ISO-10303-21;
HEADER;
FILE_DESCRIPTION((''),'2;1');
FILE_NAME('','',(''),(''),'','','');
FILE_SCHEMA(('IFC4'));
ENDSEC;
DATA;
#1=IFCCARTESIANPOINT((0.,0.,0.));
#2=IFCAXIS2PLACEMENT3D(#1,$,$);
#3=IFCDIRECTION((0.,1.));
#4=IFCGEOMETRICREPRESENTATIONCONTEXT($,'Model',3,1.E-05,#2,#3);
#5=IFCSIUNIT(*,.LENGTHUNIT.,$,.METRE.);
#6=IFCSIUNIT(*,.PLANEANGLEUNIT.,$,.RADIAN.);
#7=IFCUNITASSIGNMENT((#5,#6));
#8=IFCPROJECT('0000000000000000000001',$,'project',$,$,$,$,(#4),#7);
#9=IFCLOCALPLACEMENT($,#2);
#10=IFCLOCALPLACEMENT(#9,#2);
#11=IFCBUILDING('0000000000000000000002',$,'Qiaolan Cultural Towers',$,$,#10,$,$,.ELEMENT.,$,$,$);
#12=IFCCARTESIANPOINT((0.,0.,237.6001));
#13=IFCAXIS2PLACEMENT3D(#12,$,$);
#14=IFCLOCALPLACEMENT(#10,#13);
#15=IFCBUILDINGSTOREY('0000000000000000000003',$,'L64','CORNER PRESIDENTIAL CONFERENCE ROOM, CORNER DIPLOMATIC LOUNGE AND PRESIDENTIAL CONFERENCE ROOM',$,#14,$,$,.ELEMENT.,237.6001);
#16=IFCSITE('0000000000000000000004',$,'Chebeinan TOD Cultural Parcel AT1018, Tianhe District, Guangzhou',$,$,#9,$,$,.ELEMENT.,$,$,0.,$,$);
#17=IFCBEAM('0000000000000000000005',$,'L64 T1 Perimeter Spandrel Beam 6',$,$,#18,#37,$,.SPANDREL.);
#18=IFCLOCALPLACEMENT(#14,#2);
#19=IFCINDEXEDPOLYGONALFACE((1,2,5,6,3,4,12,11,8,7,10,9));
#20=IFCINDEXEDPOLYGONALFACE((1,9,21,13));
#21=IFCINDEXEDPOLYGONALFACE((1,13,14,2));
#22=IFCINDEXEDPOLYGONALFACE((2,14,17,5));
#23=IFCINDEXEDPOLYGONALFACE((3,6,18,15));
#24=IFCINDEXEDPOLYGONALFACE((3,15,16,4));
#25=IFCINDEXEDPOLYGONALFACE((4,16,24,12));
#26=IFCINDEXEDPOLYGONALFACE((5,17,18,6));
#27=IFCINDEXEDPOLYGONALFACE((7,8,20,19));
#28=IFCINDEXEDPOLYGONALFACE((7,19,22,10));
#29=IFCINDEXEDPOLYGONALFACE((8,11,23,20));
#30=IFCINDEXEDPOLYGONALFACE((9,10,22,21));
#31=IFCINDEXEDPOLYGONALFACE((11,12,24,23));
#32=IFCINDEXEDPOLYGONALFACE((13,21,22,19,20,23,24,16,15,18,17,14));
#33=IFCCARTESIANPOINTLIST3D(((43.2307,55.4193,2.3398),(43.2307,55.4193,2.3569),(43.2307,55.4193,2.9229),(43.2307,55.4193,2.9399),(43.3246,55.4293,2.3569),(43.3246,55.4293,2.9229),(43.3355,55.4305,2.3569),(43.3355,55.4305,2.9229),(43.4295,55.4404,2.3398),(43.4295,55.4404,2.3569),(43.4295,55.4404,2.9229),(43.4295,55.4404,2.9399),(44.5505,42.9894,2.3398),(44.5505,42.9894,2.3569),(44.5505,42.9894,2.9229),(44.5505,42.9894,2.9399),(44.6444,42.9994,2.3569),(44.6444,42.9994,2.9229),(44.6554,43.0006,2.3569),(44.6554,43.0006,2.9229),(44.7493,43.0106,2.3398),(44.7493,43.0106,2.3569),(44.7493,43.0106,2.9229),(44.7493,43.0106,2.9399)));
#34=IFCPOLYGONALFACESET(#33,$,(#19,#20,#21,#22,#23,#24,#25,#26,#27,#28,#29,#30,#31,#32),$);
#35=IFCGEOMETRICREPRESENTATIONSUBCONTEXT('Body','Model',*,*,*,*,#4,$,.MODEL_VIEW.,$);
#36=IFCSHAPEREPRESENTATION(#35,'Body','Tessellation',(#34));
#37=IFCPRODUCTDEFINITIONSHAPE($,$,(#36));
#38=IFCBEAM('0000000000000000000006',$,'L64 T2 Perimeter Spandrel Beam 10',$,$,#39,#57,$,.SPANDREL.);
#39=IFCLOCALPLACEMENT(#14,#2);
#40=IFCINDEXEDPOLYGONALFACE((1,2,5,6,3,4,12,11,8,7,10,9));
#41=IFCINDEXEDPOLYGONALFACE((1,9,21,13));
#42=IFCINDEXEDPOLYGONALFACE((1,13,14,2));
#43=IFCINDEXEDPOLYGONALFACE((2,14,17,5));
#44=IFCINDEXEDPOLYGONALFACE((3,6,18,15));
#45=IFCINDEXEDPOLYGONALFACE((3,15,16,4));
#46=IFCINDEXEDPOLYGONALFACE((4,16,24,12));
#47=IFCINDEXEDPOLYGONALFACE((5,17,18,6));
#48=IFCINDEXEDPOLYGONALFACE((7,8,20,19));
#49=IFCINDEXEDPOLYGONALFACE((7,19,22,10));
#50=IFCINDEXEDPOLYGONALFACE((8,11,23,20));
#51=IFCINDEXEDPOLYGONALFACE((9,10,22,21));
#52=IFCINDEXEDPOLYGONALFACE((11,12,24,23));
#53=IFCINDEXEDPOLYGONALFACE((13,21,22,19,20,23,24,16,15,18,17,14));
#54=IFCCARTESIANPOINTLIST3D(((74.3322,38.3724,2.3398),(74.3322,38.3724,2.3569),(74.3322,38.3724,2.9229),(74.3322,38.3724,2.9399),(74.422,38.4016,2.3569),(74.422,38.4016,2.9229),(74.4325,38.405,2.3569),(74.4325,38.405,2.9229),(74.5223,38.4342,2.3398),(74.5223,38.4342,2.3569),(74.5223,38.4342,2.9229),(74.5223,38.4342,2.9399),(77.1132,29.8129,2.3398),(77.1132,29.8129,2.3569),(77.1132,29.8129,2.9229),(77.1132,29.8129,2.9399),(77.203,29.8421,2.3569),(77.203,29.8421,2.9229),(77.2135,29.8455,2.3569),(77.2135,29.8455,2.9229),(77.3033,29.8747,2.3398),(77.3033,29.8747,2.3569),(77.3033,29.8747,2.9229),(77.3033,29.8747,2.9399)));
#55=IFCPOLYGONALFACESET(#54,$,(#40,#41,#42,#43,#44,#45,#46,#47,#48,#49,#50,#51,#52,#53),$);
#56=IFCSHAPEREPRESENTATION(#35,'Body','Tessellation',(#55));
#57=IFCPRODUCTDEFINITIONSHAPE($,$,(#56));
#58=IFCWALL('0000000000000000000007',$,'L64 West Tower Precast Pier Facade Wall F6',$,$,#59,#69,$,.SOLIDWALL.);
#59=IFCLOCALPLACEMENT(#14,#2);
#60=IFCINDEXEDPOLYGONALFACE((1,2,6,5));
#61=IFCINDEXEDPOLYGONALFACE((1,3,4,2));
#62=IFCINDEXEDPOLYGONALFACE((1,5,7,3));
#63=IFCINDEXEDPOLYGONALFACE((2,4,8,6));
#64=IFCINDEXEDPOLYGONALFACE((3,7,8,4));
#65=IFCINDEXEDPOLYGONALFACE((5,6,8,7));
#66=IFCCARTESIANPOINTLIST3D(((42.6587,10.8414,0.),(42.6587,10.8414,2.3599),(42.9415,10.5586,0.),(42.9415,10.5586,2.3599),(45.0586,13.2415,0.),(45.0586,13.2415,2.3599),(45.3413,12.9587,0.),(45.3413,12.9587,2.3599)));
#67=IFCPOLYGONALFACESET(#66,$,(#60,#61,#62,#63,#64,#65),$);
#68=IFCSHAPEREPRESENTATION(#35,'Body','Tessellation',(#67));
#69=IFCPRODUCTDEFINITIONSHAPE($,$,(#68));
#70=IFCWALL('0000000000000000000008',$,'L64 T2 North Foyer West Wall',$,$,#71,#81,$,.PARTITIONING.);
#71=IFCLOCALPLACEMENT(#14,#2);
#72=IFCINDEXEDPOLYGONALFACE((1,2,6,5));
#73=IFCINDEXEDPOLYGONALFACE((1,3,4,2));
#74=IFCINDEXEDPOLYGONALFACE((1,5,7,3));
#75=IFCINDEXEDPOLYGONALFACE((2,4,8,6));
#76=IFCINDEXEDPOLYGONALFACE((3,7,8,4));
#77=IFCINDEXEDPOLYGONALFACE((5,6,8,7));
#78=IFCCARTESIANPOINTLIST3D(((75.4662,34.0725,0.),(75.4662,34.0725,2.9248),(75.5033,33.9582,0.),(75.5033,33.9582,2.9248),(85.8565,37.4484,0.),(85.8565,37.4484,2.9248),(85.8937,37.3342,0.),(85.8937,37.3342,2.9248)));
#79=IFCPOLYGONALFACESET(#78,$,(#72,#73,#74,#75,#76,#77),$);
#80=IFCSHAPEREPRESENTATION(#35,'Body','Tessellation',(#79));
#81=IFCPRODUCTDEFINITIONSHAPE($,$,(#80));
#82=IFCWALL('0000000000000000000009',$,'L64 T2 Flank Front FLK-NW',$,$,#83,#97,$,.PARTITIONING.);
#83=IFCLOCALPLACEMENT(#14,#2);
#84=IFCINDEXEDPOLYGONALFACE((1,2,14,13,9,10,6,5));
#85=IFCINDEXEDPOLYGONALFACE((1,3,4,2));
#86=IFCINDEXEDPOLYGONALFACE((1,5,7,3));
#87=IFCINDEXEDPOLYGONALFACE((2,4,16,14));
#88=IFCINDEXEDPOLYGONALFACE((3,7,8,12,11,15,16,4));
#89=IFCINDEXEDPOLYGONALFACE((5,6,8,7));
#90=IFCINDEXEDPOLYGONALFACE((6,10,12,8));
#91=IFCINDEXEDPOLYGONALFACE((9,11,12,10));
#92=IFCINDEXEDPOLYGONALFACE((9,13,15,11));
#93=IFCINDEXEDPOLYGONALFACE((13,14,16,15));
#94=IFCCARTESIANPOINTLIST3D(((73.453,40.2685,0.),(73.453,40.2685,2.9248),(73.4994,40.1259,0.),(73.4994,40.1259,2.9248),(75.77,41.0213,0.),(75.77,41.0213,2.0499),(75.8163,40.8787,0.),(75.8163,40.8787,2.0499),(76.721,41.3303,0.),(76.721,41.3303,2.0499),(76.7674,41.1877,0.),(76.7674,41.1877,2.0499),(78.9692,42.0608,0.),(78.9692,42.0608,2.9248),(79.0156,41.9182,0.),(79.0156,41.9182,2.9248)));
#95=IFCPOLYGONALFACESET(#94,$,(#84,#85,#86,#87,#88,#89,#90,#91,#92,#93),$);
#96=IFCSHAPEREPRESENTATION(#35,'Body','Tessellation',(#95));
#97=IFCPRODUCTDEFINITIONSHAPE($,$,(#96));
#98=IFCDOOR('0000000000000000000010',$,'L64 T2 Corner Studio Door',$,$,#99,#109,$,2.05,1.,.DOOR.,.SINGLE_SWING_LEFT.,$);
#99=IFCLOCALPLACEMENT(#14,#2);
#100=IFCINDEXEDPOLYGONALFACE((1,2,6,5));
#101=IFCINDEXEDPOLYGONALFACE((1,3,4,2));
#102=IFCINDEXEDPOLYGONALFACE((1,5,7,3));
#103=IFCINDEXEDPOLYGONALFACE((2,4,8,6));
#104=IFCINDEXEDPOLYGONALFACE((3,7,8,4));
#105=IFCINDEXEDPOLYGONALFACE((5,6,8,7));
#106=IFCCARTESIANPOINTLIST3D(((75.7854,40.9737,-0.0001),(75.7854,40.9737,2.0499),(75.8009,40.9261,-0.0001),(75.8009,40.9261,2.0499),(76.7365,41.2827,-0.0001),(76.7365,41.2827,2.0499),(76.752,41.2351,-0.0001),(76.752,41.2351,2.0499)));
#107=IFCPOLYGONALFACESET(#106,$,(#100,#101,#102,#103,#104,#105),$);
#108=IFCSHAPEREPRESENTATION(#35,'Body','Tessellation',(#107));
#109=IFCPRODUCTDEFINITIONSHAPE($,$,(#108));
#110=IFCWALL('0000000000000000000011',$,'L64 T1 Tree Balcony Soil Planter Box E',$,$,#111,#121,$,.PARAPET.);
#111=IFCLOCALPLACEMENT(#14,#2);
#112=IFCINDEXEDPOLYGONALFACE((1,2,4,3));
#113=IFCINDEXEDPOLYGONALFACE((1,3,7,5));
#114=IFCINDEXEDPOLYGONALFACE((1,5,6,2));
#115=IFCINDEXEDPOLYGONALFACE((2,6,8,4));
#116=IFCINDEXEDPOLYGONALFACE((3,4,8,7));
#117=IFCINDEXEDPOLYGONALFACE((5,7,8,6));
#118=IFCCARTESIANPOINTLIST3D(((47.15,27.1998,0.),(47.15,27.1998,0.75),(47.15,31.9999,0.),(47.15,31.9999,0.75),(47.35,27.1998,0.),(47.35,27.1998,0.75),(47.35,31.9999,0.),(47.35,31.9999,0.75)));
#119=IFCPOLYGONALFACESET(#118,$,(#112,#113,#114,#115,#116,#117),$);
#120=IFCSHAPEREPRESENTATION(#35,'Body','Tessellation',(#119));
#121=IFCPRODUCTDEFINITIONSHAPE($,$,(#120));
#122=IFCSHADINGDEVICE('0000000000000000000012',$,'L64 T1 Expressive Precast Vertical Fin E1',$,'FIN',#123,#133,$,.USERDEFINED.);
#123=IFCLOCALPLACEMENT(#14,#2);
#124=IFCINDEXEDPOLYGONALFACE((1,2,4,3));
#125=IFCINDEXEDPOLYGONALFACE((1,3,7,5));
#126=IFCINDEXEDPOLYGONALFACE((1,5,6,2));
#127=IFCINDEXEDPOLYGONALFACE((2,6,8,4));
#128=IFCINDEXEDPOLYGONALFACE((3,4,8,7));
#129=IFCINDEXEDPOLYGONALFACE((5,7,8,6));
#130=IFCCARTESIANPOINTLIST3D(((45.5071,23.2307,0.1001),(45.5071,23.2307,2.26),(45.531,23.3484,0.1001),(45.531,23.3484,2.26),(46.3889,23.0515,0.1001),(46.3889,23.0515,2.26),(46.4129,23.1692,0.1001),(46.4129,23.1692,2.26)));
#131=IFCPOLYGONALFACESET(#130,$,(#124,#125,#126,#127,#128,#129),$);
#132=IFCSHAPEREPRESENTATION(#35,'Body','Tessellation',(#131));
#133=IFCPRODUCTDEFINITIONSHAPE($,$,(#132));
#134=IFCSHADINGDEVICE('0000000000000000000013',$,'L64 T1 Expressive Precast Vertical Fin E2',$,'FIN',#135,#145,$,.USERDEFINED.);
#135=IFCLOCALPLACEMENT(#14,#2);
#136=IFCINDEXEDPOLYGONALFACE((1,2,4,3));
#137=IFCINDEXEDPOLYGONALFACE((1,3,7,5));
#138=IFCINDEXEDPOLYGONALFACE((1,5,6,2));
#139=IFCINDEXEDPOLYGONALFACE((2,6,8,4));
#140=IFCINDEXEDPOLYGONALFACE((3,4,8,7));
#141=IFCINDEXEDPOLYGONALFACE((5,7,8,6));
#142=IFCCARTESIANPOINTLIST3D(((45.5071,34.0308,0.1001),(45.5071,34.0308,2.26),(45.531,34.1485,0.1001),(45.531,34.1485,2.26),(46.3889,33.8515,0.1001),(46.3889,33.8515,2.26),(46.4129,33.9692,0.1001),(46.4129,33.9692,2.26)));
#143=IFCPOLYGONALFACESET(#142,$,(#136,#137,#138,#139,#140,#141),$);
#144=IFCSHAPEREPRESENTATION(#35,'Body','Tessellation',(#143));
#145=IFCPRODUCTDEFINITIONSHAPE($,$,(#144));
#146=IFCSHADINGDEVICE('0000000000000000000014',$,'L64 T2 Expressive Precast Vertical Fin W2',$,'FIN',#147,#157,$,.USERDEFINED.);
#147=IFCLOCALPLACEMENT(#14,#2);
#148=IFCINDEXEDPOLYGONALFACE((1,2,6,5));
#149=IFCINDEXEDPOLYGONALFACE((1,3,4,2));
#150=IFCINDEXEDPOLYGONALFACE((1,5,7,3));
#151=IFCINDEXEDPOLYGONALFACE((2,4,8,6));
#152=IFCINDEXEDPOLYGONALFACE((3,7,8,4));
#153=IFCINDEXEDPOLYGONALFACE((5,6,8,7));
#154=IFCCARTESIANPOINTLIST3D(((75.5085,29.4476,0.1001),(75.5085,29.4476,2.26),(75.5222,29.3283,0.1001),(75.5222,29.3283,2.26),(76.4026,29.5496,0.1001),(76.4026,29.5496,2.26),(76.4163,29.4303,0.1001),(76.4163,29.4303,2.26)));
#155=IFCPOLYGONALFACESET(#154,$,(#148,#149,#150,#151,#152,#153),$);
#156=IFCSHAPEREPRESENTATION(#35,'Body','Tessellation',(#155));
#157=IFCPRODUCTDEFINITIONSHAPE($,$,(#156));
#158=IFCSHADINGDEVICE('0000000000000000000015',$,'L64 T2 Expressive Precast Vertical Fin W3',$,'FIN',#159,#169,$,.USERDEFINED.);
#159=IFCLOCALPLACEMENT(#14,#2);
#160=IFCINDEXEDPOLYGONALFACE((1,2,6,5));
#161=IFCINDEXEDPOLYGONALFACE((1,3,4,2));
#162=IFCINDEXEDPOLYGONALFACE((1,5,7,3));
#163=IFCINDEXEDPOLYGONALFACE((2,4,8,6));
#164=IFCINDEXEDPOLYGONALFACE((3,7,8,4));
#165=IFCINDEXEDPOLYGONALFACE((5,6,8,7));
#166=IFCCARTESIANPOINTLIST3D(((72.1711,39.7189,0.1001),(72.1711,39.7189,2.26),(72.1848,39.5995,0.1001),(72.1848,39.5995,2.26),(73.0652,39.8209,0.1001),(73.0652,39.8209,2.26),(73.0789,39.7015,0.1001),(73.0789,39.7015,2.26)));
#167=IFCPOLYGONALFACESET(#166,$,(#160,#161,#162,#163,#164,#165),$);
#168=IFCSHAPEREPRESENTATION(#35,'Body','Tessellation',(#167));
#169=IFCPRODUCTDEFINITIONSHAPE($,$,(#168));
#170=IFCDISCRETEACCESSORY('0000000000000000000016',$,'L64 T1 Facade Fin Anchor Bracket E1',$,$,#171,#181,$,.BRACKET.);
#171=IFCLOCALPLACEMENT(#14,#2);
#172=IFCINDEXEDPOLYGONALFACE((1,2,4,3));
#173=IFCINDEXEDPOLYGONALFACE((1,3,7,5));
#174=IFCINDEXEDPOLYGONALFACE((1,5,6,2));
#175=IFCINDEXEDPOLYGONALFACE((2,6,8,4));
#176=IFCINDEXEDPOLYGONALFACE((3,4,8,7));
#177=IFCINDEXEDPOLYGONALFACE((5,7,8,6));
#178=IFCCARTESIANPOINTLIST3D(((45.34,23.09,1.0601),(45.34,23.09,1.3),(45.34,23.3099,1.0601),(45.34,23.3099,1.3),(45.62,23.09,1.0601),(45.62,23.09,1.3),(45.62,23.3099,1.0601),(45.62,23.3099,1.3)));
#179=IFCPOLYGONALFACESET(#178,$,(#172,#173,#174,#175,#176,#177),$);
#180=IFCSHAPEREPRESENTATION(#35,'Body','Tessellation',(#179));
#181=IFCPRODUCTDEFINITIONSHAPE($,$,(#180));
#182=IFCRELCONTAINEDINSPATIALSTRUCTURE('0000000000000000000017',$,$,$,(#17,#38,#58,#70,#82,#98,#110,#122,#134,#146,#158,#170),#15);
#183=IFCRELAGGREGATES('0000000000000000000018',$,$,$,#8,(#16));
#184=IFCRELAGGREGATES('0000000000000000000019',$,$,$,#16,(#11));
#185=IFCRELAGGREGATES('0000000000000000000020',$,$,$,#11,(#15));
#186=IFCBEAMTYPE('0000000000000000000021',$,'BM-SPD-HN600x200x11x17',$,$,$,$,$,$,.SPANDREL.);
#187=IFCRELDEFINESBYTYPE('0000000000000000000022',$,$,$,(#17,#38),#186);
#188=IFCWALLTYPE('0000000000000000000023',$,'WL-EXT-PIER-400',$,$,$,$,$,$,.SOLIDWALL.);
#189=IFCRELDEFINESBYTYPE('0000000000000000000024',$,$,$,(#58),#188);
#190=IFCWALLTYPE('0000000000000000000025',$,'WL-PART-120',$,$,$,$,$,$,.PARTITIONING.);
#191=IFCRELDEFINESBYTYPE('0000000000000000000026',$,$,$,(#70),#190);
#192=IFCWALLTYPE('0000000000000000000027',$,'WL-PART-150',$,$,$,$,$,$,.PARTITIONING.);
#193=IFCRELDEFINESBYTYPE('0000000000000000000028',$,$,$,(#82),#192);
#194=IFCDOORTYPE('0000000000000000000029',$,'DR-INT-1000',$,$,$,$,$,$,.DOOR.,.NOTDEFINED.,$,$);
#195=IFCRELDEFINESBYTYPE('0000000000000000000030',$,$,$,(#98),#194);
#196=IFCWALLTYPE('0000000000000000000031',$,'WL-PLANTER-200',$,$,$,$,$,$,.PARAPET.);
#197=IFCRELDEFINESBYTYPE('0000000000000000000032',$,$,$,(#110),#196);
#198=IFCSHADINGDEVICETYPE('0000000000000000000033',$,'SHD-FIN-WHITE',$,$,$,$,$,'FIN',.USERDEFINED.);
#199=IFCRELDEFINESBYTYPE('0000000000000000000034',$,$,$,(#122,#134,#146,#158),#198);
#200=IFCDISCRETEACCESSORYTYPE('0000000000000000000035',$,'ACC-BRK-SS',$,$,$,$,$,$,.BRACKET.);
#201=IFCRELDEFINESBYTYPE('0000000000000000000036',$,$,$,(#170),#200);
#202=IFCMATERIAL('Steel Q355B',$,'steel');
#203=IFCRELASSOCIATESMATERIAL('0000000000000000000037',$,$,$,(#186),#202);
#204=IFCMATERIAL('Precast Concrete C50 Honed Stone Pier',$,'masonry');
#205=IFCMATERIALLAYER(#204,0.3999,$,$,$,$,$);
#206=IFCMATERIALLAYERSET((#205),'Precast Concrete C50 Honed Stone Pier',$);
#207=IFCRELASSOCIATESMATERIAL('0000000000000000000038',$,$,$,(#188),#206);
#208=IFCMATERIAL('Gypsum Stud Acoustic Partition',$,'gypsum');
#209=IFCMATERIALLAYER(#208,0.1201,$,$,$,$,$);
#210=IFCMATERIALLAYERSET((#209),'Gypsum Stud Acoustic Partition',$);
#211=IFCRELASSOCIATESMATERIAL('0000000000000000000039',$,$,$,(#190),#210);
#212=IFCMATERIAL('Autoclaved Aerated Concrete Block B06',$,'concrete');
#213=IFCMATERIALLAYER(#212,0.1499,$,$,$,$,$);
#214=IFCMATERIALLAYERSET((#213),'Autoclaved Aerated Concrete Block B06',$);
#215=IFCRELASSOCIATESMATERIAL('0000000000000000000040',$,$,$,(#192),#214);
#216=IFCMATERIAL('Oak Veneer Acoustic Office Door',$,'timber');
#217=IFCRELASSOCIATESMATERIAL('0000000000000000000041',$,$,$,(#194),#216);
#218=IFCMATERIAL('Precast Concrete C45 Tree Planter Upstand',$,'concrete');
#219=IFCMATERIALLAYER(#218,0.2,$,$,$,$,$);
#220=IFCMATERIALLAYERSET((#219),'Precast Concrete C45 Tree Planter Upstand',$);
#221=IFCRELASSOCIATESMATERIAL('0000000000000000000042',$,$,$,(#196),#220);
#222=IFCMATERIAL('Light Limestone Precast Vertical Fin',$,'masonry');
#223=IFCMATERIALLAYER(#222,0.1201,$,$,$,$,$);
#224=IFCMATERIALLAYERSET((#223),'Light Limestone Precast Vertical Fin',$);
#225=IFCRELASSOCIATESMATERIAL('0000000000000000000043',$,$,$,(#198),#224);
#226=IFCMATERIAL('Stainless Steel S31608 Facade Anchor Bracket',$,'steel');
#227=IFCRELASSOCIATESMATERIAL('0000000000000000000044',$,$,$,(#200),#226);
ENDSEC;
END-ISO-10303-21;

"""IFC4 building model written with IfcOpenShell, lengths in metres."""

from ifc_helpers import new_model, si_unit, direction, frame, frame_2d, origin, origin_2d, place, context, subcontext, project, spatial, rectangle, i_section, extrude, material, layer, layer_set, material_profile, profile_set, type_object, element, fill, save


model = new_model("IFC4")

# Units and contexts
model_context = context("Model", 3, precision=1e-05, world=origin(), true_north=direction((0.0, 1.0)))
body_context = subcontext(model_context, "Body", "Model", "MODEL_VIEW")
ifc_project = project(units=[si_unit("LENGTHUNIT", "METRE"), si_unit("PLANEANGLEUNIT", "RADIAN")], contexts=[model_context])

# Site, building, storey
site_placement = place(None, origin())
site = spatial("IfcSite", under=ifc_project, at=site_placement, Name="Chebeinan TOD Cultural Parcel AT1018, Tianhe District, Guangzhou", CompositionType="ELEMENT", RefElevation=0.0)
building_placement = place(site_placement, origin())
building = spatial("IfcBuilding", under=site, at=building_placement, Name="Qiaolan Cultural Towers", CompositionType="ELEMENT")
storey_placement = place(building_placement, frame((0.0, 0.0, 237.6001)))
storey = spatial("IfcBuildingStorey", under=building, at=storey_placement, Name="L64", Description="CORNER PRESIDENTIAL CONFERENCE ROOM, CORNER DIPLOMATIC LOUNGE AND PRESIDENTIAL CONFERENCE ROOM", CompositionType="ELEMENT", Elevation=237.6001)

# Beams
ifc_material_1 = material(Name="Steel Q355B", Category="steel")
ifc_material_profile_1 = material_profile(ifc_material_1, i_section(OverallWidth=0.2, OverallDepth=0.6001, WebThickness=0.011, FlangeThickness=0.0171, at=origin_2d()), Name="HN600x200x11x17")
ifc_profile_set_1 = profile_set([ifc_material_profile_1], Name="Steel Q355B")
beam_type_1 = type_object("IfcBeamType", Name="BM-SPD-HN600x200x11x17", PredefinedType="SPANDREL", material=ifc_profile_set_1)
beam_1_placement = place(storey_placement, frame((44.6499, 43.0, 2.6399), z_axis=(-0.105588, 0.99441, 0.0), x_axis=(-0.99441, -0.105588, 0.0)))
element("IfcBeam", 1, at=beam_1_placement, inside=storey, type_object=beam_type_1, Name="L64 T1 Perimeter Spandrel Beam 6", PredefinedType="SPANDREL", context=body_context, shape_type="SweptSolid", body=[
    extrude(i_section(OverallWidth=0.2, OverallDepth=0.6001, WebThickness=0.011, FlangeThickness=0.0171, at=origin_2d()), origin(), (0.0, 0.0, 1.0), 12.4998),
])
beam_2_placement = place(storey_placement, frame((74.4272, 38.4033, 2.6399), z_axis=(0.309, -0.951062, 0.0), x_axis=(0.951062, 0.309, 0.0)))
element("IfcBeam", 2, at=beam_2_placement, inside=storey, type_object=beam_type_1, Name="L64 T2 Perimeter Spandrel Beam 10", PredefinedType="SPANDREL", context=body_context, shape_type="SweptSolid", body=[
    extrude(i_section(OverallWidth=0.2, OverallDepth=0.6001, WebThickness=0.011, FlangeThickness=0.0171, at=origin_2d()), origin(), (0.0, 0.0, 1.0), 9.0),
])

# Walls
ifc_material_2 = material(Name="Precast Concrete C50 Honed Stone Pier", Category="masonry")
ifc_layer_1 = layer(ifc_material_2, 0.3999)
ifc_layer_set_1 = layer_set([ifc_layer_1], Name="Precast Concrete C50 Honed Stone Pier")
wall_type_1 = type_object("IfcWallType", Name="WL-EXT-PIER-400", PredefinedType="SOLIDWALL", material=ifc_layer_set_1)
wall_1_placement = place(storey_placement, frame((45.2, 13.1001, 0.0), z_axis=(0.0, 0.0, 1.0), x_axis=(-0.707071, -0.707143, 0.0)))
element("IfcWall", 3, at=wall_1_placement, inside=storey, type_object=wall_type_1, Name="L64 West Tower Precast Pier Facade Wall F6", PredefinedType="SOLIDWALL", context=body_context, shape_type="SweptSolid", body=[
    extrude(rectangle(XDim=3.394, YDim=0.3999, at=frame_2d((1.697, 0.0))), origin(), (0.0, 0.0, 1.0), 2.3599),
])
ifc_material_3 = material(Name="Gypsum Stud Acoustic Partition", Category="gypsum")
ifc_layer_2 = layer(ifc_material_3, 0.1201)
ifc_layer_set_2 = layer_set([ifc_layer_2], Name="Gypsum Stud Acoustic Partition")
wall_type_2 = type_object("IfcWallType", Name="WL-PART-120", PredefinedType="PARTITIONING", material=ifc_layer_set_2)
wall_2_placement = place(storey_placement, frame((75.4849, 34.0154, 0.0), z_axis=(0.0, 0.0, 1.0), x_axis=(0.951058, 0.309012, 0.0)))
element("IfcWall", 4, at=wall_2_placement, inside=storey, type_object=wall_type_2, Name="L64 T2 North Foyer West Wall", PredefinedType="PARTITIONING", context=body_context, shape_type="SweptSolid", body=[
    extrude(rectangle(XDim=10.925, YDim=0.1201, at=frame_2d((5.4624, 0.0))), origin(), (0.0, 0.0, 1.0), 2.9248),
])

# Wall, opening, door
ifc_material_4 = material(Name="Autoclaved Aerated Concrete Block B06", Category="concrete")
ifc_layer_3 = layer(ifc_material_4, 0.1499)
ifc_layer_set_3 = layer_set([ifc_layer_3], Name="Autoclaved Aerated Concrete Block B06")
wall_type_3 = type_object("IfcWallType", Name="WL-PART-150", PredefinedType="PARTITIONING", material=ifc_layer_set_3)
wall_3_placement = place(storey_placement, frame((73.4763, 40.1973, 0.0), z_axis=(0.0, 0.0, 1.0), x_axis=(0.951059, 0.309008, 0.0)))
wall_3 = element("IfcWall", 5, at=wall_3_placement, inside=storey, type_object=wall_type_3, Name="L64 T2 Flank Front FLK-NW", PredefinedType="PARTITIONING", context=body_context, shape_type="SweptSolid", body=[
    extrude(rectangle(XDim=5.8, YDim=0.1499, at=frame_2d((2.8999, 0.0))), origin(), (0.0, 0.0, 1.0), 2.9248),
])
opening_placement = place(wall_3_placement, frame((2.436, 0.0, 0.0)))
opening = element("IfcOpeningElement", 6, at=opening_placement, cuts=wall_3, PredefinedType="OPENING", context=body_context, shape_type="SweptSolid", body=[
    extrude(rectangle(XDim=1.0, YDim=2.05, at=frame_2d((0.5, 1.0249))), frame((0.0, 0.085, 0.0), z_axis=(0.0, -1.0, 0.0), x_axis=(1.0, 0.0, 0.0)), (0.0, 0.0, 1.0), 0.1699),
])
ifc_material_5 = material(Name="Oak Veneer Acoustic Office Door", Category="timber")
door_type = type_object("IfcDoorType", Name="DR-INT-1000", OperationType="NOTDEFINED", PredefinedType="DOOR", material=ifc_material_5)
door_placement = place(opening_placement, origin())
door = element("IfcDoor", 7, at=door_placement, inside=storey, type_object=door_type, Name="L64 T2 Corner Studio Door", OperationType="SINGLE_SWING_LEFT", OverallHeight=2.05, OverallWidth=1.0, PredefinedType="DOOR", context=body_context, shape_type="SweptSolid", body=[
    extrude(rectangle(XDim=1.0, YDim=2.05, at=frame_2d((0.5, 1.0249))), frame((0.0, 0.0249, 0.0), z_axis=(0.0, -1.0, 0.0), x_axis=(1.0, 0.0, 0.0)), (0.0, 0.0, 1.0), 0.05),
])
fill(opening, door)

# Wall
ifc_material_6 = material(Name="Precast Concrete C45 Tree Planter Upstand", Category="concrete")
ifc_layer_4 = layer(ifc_material_6, 0.2)
ifc_layer_set_4 = layer_set([ifc_layer_4], Name="Precast Concrete C45 Tree Planter Upstand")
wall_type_4 = type_object("IfcWallType", Name="WL-PLANTER-200", PredefinedType="PARAPET", material=ifc_layer_set_4)
wall_4_placement = place(storey_placement, frame((47.25, 27.2, 0.0), z_axis=(0.0, 0.0, 1.0), x_axis=(0.0, 1.0, 0.0)))
element("IfcWall", 8, at=wall_4_placement, inside=storey, type_object=wall_type_4, Name="L64 T1 Tree Balcony Soil Planter Box E", PredefinedType="PARAPET", context=body_context, shape_type="SweptSolid", body=[
    extrude(rectangle(XDim=4.8, YDim=0.2, at=frame_2d((2.3999, 0.0))), origin(), (0.0, 0.0, 1.0), 0.75),
])

# Shading devices
ifc_material_7 = material(Name="Light Limestone Precast Vertical Fin", Category="masonry")
ifc_layer_5 = layer(ifc_material_7, 0.1201)
ifc_layer_set_5 = layer_set([ifc_layer_5], Name="Light Limestone Precast Vertical Fin")
shading_device_type = type_object("IfcShadingDeviceType", Name="SHD-FIN-WHITE", ElementType="FIN", PredefinedType="USERDEFINED", material=ifc_layer_set_5)
for number, where, z_axis, x_axis, name in (
    (9, (45.96, 23.2, 0.1001), (0.0, 0.0, 1.0), (0.979957, -0.199208, 0.0), "L64 T1 Expressive Precast Vertical Fin E1"),
    (10, (45.96, 34.0, 0.1001), (0.0, 0.0, 1.0), (0.979957, -0.199208, 0.0), "L64 T1 Expressive Precast Vertical Fin E2"),
    (11, (75.9624, 29.439, 0.1001), (0.0, 0.0, 1.0), (0.993553, 0.113365, 0.0), "L64 T2 Expressive Precast Vertical Fin W2"),
    (12, (72.625, 39.7102, 0.1001), (0.0, 0.0, 1.0), (0.993553, 0.113365, 0.0), "L64 T2 Expressive Precast Vertical Fin W3"),
):
    element("IfcShadingDevice", number, at=place(storey_placement, frame(where, z_axis=z_axis, x_axis=x_axis)), inside=storey, type_object=shading_device_type, Name=name, ObjectType="FIN", PredefinedType="USERDEFINED", context=body_context, shape_type="SweptSolid", body=[
        extrude(rectangle(XDim=0.8999, YDim=0.1201, at=origin_2d()), origin(), (0.0, 0.0, 1.0), 2.1599),
    ])

# Discrete accessory
ifc_material_8 = material(Name="Stainless Steel S31608 Facade Anchor Bracket", Category="steel")
discrete_accessory_type = type_object("IfcDiscreteAccessoryType", Name="ACC-BRK-SS", PredefinedType="BRACKET", material=ifc_material_8)
for number, where, z_axis, x_axis, name in (
    (13, (45.48, 23.2, 1.0601), (0.0, 0.0, 1.0), (1.0, 0.0, 0.0), "L64 T1 Facade Fin Anchor Bracket E1"),
):
    element("IfcDiscreteAccessory", number, at=place(storey_placement, frame(where, z_axis=z_axis, x_axis=x_axis)), inside=storey, type_object=discrete_accessory_type, Name=name, PredefinedType="BRACKET", context=body_context, shape_type="SweptSolid", body=[
        extrude(rectangle(XDim=0.28, YDim=0.22, at=origin_2d()), origin(), (0.0, 0.0, 1.0), 0.24),
    ])

save(model, "model.ifc")
